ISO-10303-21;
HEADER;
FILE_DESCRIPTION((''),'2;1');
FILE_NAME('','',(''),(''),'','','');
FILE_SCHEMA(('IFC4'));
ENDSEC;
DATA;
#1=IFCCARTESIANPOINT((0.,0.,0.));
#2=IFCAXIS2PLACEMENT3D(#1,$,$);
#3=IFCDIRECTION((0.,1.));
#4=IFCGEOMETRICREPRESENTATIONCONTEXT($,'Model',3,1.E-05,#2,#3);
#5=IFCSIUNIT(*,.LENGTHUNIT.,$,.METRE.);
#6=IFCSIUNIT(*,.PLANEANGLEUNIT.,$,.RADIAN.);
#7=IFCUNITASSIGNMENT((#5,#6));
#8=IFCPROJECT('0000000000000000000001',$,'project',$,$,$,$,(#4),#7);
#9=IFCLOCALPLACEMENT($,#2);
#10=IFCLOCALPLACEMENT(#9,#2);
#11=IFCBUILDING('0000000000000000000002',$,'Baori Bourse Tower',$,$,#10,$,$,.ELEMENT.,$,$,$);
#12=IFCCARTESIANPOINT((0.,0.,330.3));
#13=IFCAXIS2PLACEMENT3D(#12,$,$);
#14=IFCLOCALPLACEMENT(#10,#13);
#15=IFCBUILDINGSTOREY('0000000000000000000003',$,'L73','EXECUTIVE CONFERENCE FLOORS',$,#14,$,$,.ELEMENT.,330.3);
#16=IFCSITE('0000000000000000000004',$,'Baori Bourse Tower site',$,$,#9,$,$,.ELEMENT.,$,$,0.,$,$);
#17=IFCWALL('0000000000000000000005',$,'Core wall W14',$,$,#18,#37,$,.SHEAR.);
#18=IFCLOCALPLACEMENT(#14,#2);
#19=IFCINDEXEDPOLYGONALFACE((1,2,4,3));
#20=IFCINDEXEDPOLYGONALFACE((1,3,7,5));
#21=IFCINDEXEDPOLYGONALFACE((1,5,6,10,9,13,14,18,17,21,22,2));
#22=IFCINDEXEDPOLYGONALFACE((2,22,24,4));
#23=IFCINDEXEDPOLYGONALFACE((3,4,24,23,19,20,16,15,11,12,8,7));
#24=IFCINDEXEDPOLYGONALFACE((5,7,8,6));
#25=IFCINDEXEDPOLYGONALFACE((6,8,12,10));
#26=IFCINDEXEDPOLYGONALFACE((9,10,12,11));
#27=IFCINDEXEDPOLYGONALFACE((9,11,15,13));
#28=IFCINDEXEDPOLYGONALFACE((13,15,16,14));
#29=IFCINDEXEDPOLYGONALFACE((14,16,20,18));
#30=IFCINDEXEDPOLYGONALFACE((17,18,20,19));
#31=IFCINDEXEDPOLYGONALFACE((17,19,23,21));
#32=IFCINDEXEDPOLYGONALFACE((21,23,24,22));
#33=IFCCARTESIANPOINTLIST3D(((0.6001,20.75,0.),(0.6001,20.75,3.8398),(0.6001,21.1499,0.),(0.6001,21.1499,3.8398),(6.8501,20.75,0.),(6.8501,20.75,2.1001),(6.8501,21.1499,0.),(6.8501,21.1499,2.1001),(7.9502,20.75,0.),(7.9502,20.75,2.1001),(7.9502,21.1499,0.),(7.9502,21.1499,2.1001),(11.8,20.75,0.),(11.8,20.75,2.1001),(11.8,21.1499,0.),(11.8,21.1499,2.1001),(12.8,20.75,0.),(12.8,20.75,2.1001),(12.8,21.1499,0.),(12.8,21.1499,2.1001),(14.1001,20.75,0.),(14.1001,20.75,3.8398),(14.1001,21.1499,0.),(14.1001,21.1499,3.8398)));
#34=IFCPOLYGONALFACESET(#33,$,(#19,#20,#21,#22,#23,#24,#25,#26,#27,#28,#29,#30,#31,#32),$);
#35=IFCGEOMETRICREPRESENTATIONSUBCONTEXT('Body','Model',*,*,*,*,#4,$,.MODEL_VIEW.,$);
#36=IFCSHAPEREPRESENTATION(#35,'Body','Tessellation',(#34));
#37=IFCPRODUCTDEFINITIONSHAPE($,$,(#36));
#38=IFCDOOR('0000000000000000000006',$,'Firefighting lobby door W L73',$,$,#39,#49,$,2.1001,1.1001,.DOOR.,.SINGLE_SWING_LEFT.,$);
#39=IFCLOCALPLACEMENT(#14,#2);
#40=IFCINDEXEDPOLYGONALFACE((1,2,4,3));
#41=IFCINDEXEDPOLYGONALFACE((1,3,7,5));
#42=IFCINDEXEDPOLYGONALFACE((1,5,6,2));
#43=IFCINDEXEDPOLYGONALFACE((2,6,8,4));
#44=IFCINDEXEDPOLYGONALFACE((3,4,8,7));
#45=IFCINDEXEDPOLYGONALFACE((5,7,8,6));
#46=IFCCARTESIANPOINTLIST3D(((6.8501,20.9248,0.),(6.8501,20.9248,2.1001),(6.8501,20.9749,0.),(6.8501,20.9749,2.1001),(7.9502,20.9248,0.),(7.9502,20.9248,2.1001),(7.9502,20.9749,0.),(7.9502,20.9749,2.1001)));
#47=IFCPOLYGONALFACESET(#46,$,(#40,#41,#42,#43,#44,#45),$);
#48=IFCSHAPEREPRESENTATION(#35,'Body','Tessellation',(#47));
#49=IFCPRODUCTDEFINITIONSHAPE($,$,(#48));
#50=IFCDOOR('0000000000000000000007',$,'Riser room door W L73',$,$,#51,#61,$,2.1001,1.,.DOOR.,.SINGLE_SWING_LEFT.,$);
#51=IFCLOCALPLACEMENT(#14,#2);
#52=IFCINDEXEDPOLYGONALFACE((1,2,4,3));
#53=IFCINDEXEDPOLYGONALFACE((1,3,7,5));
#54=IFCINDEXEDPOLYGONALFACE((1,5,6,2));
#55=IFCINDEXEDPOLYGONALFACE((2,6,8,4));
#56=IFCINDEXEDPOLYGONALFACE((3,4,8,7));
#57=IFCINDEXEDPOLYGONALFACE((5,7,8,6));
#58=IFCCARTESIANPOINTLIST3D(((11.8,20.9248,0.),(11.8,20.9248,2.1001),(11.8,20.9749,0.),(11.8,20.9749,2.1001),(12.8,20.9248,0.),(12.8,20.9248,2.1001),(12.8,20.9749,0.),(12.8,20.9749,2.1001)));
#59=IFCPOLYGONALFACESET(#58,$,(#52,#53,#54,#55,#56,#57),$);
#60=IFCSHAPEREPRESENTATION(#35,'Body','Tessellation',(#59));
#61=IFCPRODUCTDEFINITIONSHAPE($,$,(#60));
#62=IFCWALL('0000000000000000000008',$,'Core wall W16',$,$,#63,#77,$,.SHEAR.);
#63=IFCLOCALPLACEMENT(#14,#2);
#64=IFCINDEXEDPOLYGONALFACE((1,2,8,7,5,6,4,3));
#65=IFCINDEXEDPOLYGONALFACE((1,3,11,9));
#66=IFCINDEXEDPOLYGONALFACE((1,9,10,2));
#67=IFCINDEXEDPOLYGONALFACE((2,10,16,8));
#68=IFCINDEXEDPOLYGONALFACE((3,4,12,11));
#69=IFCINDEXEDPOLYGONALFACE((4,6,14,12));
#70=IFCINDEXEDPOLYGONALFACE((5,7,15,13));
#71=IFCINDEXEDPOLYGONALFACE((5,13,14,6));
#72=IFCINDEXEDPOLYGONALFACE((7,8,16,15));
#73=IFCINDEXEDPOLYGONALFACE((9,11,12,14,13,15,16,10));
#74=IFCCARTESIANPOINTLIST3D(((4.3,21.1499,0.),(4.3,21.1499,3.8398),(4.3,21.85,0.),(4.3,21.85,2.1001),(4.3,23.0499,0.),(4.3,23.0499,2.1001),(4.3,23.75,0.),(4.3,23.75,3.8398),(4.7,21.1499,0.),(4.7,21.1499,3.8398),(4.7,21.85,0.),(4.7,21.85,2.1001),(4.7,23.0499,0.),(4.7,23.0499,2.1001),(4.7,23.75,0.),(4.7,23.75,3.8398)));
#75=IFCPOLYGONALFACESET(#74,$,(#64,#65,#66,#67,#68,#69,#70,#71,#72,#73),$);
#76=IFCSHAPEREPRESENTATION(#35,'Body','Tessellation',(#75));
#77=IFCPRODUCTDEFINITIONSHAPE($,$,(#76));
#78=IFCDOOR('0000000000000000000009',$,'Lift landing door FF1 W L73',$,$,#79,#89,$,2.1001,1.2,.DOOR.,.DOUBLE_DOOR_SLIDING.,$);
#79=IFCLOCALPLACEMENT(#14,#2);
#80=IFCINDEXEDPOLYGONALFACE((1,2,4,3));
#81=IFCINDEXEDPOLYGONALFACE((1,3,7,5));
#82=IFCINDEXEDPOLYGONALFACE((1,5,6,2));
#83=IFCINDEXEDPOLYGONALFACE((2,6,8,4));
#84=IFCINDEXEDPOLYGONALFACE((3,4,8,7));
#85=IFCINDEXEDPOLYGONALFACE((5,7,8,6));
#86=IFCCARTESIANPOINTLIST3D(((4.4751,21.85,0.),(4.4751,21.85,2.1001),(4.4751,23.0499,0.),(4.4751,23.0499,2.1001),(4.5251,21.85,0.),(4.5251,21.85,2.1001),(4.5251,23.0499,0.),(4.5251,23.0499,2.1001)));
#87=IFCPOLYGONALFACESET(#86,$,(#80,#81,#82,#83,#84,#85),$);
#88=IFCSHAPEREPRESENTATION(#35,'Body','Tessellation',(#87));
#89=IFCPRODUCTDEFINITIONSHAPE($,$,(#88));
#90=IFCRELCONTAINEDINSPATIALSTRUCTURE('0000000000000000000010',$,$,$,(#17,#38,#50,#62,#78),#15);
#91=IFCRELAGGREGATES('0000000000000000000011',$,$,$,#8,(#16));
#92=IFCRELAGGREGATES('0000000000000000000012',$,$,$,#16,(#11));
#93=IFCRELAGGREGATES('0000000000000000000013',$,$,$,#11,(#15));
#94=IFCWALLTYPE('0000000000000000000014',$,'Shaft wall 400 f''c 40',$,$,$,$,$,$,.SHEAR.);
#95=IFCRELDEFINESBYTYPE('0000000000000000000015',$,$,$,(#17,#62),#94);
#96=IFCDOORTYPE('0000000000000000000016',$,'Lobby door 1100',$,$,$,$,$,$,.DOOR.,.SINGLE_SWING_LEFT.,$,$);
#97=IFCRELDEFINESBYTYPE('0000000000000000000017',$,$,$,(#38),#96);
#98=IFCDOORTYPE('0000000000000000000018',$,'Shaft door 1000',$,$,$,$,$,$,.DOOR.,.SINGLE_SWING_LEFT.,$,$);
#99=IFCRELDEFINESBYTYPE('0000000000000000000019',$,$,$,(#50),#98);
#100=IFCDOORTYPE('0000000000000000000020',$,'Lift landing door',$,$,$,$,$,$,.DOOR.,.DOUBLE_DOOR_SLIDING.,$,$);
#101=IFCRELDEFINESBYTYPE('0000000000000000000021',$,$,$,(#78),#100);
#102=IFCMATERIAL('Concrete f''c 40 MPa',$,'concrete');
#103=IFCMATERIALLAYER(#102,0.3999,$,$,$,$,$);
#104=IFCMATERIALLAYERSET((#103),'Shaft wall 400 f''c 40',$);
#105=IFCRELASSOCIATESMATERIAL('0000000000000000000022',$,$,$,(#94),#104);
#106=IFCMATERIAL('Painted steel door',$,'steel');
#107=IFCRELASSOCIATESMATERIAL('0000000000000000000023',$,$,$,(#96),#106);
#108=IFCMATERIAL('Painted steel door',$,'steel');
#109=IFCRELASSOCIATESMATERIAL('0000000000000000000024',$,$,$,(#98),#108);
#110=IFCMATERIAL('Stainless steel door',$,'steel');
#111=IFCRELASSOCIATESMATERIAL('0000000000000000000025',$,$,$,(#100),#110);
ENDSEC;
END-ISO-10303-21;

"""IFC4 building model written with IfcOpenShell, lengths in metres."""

from ifc_helpers import new_model, si_unit, direction, frame, frame_2d, origin, place, context, subcontext, project, spatial, rectangle, extrude, material, layer, layer_set, type_object, element, fill, save


model = new_model("IFC4")

# Units and contexts
model_context = context("Model", 3, precision=1e-05, world=origin(), true_north=direction((0.0, 1.0)))
body_context = subcontext(model_context, "Body", "Model", "MODEL_VIEW")
ifc_project = project(units=[si_unit("LENGTHUNIT", "METRE"), si_unit("PLANEANGLEUNIT", "RADIAN")], contexts=[model_context])

# Site, building, storey
site_placement = place(None, origin())
site = spatial("IfcSite", under=ifc_project, at=site_placement, Name="Baori Bourse Tower site", CompositionType="ELEMENT", RefElevation=0.0)
building_placement = place(site_placement, origin())
building = spatial("IfcBuilding", under=site, at=building_placement, Name="Baori Bourse Tower", CompositionType="ELEMENT")
storey_placement = place(building_placement, frame((0.0, 0.0, 330.3)))
storey = spatial("IfcBuildingStorey", under=building, at=storey_placement, Name="L73", Description="EXECUTIVE CONFERENCE FLOORS", CompositionType="ELEMENT", Elevation=330.3)

# Shared definitions
ifc_material_1 = material(Name="Concrete f'c 40 MPa", Category="concrete")
ifc_layer_1 = layer(ifc_material_1, 0.3999)
ifc_layer_set_1 = layer_set([ifc_layer_1], Name="Shaft wall 400 f'c 40")
wall_type_1 = type_object("IfcWallType", Name="Shaft wall 400 f'c 40", PredefinedType="SHEAR", material=ifc_layer_set_1)

# Wall, openings, doors
wall_1_placement = place(storey_placement, frame((0.6001, 20.95, 0.0), z_axis=(0.0, 0.0, 1.0), x_axis=(1.0, 0.0, 0.0)))
wall_1 = element("IfcWall", 1, at=wall_1_placement, inside=storey, type_object=wall_type_1, Name="Core wall W14", PredefinedType="SHEAR", context=body_context, shape_type="SweptSolid", body=[
    extrude(rectangle(XDim=13.5, YDim=0.3999, at=frame_2d((6.75, 0.0))), origin(), (0.0, 0.0, 1.0), 3.8398),
])
opening_1_placement = place(wall_1_placement, frame((6.25, 0.0, 0.0)))
opening_1 = element("IfcOpeningElement", 2, at=opening_1_placement, cuts=wall_1, PredefinedType="OPENING", context=body_context, shape_type="SweptSolid", body=[
    extrude(rectangle(XDim=1.1001, YDim=2.1001, at=frame_2d((0.55, 1.05))), frame((0.0, 0.21, 0.0), z_axis=(0.0, -1.0, 0.0), x_axis=(1.0, 0.0, 0.0)), (0.0, 0.0, 1.0), 0.4199),
])
opening_2_placement = place(wall_1_placement, frame((11.2, 0.0, 0.0)))
opening_2 = element("IfcOpeningElement", 3, at=opening_2_placement, cuts=wall_1, PredefinedType="OPENING", context=body_context, shape_type="SweptSolid", body=[
    extrude(rectangle(XDim=1.0, YDim=2.1001, at=frame_2d((0.5, 1.05))), frame((0.0, 0.21, 0.0), z_axis=(0.0, -1.0, 0.0), x_axis=(1.0, 0.0, 0.0)), (0.0, 0.0, 1.0), 0.4199),
])
ifc_material_2 = material(Name="Painted steel door", Category="steel")
door_type_1 = type_object("IfcDoorType", Name="Lobby door 1100", OperationType="SINGLE_SWING_LEFT", PredefinedType="DOOR", material=ifc_material_2)
door_1_placement = place(opening_1_placement, origin())
door_1 = element("IfcDoor", 4, at=door_1_placement, inside=storey, type_object=door_type_1, Name="Firefighting lobby door W L73", OperationType="SINGLE_SWING_LEFT", OverallHeight=2.1001, OverallWidth=1.1001, PredefinedType="DOOR", context=body_context, shape_type="SweptSolid", body=[
    extrude(rectangle(XDim=1.1001, YDim=2.1001, at=frame_2d((0.55, 1.05))), frame((0.0, 0.0249, 0.0), z_axis=(0.0, -1.0, 0.0), x_axis=(1.0, 0.0, 0.0)), (0.0, 0.0, 1.0), 0.05),
])
fill(opening_1, door_1)
ifc_material_3 = material(Name="Painted steel door", Category="steel")
door_type_2 = type_object("IfcDoorType", Name="Shaft door 1000", OperationType="SINGLE_SWING_LEFT", PredefinedType="DOOR", material=ifc_material_3)
door_2_placement = place(opening_2_placement, origin())
door_2 = element("IfcDoor", 5, at=door_2_placement, inside=storey, type_object=door_type_2, Name="Riser room door W L73", OperationType="SINGLE_SWING_LEFT", OverallHeight=2.1001, OverallWidth=1.0, PredefinedType="DOOR", context=body_context, shape_type="SweptSolid", body=[
    extrude(rectangle(XDim=1.0, YDim=2.1001, at=frame_2d((0.5, 1.05))), frame((0.0, 0.0249, 0.0), z_axis=(0.0, -1.0, 0.0), x_axis=(1.0, 0.0, 0.0)), (0.0, 0.0, 1.0), 0.05),
])
fill(opening_2, door_2)

# Wall, opening, door
wall_2_placement = place(storey_placement, frame((4.5, 21.1499, 0.0), z_axis=(0.0, 0.0, 1.0), x_axis=(0.0, 1.0, 0.0)))
wall_2 = element("IfcWall", 6, at=wall_2_placement, inside=storey, type_object=wall_type_1, Name="Core wall W16", PredefinedType="SHEAR", context=body_context, shape_type="SweptSolid", body=[
    extrude(rectangle(XDim=2.6001, YDim=0.3999, at=frame_2d((1.3, 0.0))), origin(), (0.0, 0.0, 1.0), 3.8398),
])
opening_3_placement = place(wall_2_placement, frame((0.7, 0.0, 0.0)))
opening_3 = element("IfcOpeningElement", 7, at=opening_3_placement, cuts=wall_2, PredefinedType="OPENING", context=body_context, shape_type="SweptSolid", body=[
    extrude(rectangle(XDim=1.2, YDim=2.1001, at=frame_2d((0.6001, 1.05))), frame((0.0, 0.21, 0.0), z_axis=(0.0, -1.0, 0.0), x_axis=(1.0, 0.0, 0.0)), (0.0, 0.0, 1.0), 0.4199),
])
ifc_material_4 = material(Name="Stainless steel door", Category="steel")
door_type_3 = type_object("IfcDoorType", Name="Lift landing door", OperationType="DOUBLE_DOOR_SLIDING", PredefinedType="DOOR", material=ifc_material_4)
door_3_placement = place(opening_3_placement, origin())
door_3 = element("IfcDoor", 8, at=door_3_placement, inside=storey, type_object=door_type_3, Name="Lift landing door FF1 W L73", OperationType="DOUBLE_DOOR_SLIDING", OverallHeight=2.1001, OverallWidth=1.2, PredefinedType="DOOR", context=body_context, shape_type="SweptSolid", body=[
    extrude(rectangle(XDim=1.2, YDim=2.1001, at=frame_2d((0.6001, 1.05))), frame((0.0, 0.0249, 0.0), z_axis=(0.0, -1.0, 0.0), x_axis=(1.0, 0.0, 0.0)), (0.0, 0.0, 1.0), 0.05),
])
fill(opening_3, door_3)

save(model, "model.ifc")
